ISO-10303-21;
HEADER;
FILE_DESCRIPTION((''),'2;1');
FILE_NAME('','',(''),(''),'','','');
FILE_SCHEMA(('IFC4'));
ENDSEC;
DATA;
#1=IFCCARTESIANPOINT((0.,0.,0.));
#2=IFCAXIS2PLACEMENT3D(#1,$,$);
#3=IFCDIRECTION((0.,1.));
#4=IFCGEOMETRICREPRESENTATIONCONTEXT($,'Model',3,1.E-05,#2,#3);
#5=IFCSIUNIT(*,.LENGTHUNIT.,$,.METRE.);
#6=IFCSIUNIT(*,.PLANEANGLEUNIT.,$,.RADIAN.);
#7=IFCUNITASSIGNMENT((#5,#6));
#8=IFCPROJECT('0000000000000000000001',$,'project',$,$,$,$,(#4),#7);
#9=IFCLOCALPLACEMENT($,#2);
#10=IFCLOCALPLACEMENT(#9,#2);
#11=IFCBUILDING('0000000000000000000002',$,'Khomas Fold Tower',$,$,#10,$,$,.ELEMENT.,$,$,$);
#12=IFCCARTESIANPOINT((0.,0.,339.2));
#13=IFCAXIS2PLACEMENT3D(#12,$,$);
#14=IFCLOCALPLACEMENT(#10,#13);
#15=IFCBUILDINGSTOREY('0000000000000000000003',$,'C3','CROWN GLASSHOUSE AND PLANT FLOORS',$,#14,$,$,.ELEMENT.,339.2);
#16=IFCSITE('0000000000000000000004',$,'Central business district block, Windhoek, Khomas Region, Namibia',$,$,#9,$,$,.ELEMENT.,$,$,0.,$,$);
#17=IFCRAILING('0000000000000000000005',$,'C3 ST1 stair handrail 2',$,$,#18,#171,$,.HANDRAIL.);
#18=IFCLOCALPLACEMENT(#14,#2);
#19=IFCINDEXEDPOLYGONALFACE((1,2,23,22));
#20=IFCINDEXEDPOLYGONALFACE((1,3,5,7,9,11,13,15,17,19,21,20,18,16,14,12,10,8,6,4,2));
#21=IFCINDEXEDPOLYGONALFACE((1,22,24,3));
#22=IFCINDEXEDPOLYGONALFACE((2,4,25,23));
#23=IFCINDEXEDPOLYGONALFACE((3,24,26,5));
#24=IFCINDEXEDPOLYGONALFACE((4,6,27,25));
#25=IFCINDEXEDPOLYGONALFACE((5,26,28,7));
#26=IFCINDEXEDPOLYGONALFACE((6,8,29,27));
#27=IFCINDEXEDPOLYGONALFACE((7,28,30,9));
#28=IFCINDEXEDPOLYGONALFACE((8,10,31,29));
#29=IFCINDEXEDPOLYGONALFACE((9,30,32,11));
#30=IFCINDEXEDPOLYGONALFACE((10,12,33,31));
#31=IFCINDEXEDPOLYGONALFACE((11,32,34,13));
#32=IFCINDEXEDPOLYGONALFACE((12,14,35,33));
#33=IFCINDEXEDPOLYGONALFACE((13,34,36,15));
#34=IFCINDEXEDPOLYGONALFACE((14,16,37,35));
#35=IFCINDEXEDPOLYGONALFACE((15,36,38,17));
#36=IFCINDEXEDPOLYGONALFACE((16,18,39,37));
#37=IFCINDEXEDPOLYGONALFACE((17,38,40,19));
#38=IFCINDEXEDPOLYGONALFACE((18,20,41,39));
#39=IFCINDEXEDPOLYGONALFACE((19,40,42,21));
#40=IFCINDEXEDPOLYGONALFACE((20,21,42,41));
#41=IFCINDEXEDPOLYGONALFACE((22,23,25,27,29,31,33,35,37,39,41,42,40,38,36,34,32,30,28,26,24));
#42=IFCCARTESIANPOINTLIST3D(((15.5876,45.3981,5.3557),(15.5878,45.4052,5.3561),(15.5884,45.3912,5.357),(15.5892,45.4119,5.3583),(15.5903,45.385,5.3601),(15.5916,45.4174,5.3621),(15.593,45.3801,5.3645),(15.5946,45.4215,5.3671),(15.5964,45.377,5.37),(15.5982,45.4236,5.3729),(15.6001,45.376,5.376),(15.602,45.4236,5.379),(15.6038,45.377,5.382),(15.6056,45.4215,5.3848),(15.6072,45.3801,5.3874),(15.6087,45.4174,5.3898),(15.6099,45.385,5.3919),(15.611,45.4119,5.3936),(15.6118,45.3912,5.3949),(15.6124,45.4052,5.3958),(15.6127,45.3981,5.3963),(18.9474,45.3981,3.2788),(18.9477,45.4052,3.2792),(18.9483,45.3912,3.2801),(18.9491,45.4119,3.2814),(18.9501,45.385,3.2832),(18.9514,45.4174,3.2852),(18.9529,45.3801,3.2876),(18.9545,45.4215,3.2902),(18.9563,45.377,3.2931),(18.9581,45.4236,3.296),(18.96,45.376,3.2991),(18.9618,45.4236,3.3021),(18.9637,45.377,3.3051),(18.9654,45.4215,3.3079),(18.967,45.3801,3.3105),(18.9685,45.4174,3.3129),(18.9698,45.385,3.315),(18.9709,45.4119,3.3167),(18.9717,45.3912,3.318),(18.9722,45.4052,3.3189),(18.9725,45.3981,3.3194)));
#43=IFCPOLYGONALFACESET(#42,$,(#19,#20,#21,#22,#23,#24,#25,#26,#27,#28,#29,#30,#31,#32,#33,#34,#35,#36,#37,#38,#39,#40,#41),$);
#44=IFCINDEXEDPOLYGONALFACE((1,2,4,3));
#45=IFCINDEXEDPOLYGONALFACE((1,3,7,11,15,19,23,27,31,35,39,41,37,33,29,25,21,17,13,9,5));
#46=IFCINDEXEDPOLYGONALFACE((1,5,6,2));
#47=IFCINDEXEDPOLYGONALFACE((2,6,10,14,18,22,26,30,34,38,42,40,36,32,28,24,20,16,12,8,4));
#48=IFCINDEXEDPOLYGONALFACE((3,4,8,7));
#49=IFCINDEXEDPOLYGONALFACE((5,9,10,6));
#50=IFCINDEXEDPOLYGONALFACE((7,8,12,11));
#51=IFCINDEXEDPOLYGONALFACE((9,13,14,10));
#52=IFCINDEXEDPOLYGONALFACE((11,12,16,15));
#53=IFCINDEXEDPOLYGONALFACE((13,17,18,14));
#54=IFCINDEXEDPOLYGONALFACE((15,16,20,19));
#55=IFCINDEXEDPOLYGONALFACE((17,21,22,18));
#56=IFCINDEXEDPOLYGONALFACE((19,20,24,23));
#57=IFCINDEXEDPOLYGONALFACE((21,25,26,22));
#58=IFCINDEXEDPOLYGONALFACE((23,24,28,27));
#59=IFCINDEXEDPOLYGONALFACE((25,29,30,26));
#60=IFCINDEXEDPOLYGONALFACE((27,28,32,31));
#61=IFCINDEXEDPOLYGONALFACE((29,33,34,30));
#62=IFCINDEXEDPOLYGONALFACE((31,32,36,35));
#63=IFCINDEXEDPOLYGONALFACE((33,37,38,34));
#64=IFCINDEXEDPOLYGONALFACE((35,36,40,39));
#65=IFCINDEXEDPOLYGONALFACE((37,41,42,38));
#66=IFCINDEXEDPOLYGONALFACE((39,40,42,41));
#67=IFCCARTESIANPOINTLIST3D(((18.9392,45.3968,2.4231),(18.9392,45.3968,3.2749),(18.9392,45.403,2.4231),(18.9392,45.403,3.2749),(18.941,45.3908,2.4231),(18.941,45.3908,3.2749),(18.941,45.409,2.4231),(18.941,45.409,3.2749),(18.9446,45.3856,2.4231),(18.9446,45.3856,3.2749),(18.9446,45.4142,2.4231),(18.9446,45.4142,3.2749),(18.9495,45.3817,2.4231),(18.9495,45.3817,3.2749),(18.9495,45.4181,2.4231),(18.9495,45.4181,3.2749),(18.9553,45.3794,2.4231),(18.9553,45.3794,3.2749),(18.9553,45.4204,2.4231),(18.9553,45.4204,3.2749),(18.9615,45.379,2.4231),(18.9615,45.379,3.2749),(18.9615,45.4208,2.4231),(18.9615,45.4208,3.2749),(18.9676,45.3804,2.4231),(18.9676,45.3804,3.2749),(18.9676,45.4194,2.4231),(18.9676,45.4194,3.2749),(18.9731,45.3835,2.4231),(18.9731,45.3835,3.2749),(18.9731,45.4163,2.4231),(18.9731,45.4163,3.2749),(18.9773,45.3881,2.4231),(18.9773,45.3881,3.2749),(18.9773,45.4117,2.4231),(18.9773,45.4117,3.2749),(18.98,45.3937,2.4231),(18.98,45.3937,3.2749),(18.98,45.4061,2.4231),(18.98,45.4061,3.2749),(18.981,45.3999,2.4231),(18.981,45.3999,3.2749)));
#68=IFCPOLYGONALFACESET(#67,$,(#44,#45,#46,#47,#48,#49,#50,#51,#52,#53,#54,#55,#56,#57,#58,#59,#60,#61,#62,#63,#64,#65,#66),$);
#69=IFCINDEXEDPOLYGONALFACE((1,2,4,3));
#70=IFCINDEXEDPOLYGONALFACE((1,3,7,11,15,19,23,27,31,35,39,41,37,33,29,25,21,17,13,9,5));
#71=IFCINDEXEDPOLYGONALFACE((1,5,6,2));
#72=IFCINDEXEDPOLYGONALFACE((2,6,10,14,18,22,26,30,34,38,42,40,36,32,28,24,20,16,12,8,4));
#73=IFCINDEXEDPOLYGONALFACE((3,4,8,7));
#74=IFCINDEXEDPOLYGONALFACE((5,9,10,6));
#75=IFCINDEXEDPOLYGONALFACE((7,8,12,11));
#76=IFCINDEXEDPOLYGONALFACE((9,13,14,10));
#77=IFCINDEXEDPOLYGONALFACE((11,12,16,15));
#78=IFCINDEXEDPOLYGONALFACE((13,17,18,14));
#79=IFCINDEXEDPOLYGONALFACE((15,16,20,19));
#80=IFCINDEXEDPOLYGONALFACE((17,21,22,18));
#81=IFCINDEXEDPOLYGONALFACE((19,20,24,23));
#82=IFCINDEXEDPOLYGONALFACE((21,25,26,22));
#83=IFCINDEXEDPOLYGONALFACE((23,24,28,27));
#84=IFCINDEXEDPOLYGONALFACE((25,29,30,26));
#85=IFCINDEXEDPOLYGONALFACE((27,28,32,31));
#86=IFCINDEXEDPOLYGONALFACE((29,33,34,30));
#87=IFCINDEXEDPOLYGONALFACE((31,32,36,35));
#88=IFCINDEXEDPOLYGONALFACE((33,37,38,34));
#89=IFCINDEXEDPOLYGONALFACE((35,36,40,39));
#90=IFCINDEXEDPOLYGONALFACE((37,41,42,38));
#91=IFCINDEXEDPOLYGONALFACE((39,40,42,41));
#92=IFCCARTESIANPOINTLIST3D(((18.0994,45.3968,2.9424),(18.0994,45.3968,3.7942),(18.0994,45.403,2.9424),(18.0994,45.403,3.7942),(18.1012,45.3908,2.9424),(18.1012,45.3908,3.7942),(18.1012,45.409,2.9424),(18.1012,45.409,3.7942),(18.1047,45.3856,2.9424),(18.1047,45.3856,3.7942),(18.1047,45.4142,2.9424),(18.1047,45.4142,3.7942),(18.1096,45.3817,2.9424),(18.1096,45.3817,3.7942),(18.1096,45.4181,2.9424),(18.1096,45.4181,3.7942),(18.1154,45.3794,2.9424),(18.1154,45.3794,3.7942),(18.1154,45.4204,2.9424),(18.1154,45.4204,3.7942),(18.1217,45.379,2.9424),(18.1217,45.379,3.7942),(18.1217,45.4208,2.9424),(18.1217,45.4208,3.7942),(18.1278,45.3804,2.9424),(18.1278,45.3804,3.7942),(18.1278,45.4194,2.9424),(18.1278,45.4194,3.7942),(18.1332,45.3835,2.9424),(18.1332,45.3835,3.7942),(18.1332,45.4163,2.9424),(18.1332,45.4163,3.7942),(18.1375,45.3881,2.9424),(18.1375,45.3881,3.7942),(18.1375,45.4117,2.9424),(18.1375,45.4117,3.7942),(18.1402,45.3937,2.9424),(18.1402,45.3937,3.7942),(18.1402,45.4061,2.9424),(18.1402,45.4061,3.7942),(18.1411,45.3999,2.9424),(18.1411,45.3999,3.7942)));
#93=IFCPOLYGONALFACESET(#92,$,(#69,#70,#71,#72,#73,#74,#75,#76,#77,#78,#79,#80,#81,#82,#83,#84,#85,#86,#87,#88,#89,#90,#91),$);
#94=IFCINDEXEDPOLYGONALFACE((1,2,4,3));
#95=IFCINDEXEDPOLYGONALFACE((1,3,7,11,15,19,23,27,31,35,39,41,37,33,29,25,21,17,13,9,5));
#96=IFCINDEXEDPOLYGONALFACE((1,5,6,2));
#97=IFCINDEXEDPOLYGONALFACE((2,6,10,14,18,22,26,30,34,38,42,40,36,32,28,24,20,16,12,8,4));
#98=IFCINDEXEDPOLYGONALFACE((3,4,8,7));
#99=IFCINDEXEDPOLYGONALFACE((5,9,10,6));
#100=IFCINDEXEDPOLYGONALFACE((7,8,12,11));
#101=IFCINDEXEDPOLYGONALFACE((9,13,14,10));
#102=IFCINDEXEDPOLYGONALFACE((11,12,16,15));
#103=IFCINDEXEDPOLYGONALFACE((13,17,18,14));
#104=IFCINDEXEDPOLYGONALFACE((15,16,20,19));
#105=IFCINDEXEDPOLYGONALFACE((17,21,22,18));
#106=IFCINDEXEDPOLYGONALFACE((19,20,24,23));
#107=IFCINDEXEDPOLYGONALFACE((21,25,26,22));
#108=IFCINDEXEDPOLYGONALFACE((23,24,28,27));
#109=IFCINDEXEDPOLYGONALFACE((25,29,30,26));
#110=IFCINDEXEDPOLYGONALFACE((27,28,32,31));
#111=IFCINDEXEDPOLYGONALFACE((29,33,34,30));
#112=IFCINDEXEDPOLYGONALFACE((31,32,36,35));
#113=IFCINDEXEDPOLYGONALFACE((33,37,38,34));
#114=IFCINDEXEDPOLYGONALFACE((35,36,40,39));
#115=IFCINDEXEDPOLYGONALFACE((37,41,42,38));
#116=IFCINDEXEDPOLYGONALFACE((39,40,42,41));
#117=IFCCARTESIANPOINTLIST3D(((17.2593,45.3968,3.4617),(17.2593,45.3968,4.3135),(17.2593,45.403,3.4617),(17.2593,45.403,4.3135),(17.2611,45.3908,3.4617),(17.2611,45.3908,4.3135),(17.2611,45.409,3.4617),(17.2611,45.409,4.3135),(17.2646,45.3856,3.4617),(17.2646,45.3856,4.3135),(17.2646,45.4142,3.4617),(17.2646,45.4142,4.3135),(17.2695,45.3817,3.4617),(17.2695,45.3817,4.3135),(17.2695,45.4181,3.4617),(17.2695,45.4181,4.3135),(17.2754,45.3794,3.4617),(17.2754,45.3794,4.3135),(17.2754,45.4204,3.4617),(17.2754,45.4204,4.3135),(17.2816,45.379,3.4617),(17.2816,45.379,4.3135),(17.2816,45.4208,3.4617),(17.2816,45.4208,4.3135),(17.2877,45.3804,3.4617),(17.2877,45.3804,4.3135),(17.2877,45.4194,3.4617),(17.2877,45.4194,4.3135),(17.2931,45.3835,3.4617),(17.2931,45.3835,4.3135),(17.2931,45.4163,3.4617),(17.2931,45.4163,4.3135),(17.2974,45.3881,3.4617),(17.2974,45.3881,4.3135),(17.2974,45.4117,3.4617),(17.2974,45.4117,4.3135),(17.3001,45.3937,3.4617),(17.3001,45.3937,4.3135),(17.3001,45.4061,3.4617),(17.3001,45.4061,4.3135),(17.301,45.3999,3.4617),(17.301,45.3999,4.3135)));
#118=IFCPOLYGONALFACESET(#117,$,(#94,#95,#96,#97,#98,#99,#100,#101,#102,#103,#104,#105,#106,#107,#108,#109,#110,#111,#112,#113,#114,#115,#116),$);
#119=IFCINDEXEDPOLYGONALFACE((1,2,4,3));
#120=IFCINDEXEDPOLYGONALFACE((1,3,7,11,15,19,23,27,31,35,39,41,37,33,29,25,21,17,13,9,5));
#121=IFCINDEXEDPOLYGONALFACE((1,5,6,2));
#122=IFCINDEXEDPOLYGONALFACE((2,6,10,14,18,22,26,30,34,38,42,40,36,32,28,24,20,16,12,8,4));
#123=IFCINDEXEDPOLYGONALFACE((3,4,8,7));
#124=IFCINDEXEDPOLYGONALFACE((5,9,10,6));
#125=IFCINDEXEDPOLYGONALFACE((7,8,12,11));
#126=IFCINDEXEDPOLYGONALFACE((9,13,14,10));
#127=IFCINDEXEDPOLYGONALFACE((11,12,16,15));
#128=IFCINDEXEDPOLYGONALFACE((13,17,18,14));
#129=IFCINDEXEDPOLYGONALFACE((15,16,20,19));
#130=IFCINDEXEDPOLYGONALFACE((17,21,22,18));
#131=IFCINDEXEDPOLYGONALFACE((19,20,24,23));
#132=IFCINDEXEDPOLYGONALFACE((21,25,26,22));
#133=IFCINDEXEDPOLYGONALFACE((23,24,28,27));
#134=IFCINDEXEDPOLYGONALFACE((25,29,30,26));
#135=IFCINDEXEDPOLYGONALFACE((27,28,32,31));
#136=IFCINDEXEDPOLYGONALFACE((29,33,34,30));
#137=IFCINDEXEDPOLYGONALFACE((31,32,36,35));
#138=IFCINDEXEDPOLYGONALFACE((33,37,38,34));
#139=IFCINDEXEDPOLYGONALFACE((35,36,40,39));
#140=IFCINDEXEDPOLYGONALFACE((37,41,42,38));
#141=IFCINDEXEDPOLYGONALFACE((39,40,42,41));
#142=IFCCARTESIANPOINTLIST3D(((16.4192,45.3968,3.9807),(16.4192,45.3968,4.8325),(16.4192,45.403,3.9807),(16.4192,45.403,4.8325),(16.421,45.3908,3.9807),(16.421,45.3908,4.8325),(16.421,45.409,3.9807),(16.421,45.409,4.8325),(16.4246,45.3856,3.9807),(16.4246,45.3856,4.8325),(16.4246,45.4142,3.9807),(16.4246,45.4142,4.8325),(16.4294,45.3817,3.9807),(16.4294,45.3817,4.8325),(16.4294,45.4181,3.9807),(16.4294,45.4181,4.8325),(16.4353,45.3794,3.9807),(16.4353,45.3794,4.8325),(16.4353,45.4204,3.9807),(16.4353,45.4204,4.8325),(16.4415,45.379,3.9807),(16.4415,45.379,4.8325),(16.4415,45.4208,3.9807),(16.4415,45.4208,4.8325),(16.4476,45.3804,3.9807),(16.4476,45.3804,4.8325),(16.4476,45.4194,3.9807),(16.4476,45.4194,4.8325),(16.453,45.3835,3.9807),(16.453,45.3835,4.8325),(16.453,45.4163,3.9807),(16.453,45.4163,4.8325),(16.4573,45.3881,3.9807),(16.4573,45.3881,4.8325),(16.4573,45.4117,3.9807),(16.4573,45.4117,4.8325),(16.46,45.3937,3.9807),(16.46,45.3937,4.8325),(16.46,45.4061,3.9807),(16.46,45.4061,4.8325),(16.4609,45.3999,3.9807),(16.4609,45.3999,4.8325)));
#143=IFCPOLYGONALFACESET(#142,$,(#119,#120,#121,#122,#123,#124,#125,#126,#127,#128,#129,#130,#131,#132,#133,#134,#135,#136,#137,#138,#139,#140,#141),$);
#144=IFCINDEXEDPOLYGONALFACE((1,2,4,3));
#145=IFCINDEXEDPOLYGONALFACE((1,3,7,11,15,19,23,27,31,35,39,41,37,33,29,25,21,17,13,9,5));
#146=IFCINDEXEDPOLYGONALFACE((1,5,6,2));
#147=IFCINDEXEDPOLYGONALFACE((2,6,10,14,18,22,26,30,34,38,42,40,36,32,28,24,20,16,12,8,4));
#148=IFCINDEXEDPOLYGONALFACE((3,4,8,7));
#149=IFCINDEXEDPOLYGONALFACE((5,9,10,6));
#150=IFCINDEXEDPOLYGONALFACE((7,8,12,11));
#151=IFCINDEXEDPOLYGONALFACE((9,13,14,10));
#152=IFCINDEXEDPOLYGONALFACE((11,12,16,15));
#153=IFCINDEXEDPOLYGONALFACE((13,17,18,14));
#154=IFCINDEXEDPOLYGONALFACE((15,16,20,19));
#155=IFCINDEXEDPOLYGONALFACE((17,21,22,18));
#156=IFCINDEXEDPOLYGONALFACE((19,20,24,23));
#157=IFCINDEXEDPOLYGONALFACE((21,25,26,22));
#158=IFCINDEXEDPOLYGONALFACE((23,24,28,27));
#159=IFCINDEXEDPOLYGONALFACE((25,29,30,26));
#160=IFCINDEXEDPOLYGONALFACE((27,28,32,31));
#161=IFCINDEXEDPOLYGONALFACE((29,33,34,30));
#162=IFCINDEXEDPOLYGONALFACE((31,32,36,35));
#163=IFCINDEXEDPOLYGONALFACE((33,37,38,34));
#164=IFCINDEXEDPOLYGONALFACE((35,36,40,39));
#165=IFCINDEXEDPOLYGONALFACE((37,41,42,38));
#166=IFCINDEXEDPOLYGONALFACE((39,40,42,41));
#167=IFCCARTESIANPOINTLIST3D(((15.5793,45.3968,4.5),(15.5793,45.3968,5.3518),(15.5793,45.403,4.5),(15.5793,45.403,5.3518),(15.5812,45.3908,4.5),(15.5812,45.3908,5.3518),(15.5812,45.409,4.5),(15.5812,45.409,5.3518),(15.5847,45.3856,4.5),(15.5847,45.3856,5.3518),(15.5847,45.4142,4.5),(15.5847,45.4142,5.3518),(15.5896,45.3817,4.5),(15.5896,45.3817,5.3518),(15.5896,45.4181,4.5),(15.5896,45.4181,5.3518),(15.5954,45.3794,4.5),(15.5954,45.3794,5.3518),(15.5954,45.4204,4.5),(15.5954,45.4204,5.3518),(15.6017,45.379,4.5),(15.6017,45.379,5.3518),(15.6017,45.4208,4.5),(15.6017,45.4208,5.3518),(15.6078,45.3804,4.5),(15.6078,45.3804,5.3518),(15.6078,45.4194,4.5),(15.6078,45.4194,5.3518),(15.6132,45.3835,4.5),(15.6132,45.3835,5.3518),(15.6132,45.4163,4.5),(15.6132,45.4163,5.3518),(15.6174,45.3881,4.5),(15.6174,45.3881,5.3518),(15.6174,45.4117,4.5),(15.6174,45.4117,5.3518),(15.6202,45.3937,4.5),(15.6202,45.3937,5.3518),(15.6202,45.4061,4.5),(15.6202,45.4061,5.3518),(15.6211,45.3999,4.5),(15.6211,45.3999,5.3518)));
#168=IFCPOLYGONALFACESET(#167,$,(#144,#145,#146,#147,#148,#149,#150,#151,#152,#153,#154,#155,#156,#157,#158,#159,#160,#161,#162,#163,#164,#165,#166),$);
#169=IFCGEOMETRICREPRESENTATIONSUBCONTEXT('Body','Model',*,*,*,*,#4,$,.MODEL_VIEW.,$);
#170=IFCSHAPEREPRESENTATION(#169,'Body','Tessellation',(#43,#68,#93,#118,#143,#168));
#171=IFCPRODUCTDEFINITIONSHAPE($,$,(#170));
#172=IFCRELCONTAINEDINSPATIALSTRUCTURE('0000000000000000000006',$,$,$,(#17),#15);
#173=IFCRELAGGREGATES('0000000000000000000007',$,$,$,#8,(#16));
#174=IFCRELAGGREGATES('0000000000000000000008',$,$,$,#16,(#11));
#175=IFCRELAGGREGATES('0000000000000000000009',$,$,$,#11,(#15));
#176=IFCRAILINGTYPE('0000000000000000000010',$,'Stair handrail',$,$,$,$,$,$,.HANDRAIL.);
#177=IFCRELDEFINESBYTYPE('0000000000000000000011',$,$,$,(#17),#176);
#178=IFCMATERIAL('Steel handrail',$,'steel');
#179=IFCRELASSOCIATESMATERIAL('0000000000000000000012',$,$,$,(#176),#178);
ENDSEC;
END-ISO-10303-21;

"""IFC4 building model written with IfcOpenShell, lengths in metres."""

from ifc_helpers import new_model, si_unit, direction, frame, origin, origin_2d, place, context, subcontext, project, spatial, circle, extrude, source, transform, mapped, material, type_object, element, save


model = new_model("IFC4")

# Units and contexts
model_context = context("Model", 3, precision=1e-05, world=origin(), true_north=direction((0.0, 1.0)))
body_context = subcontext(model_context, "Body", "Model", "MODEL_VIEW")
ifc_project = project(units=[si_unit("LENGTHUNIT", "METRE"), si_unit("PLANEANGLEUNIT", "RADIAN")], contexts=[model_context])

# Site, building, storey
site_placement = place(None, origin())
site = spatial("IfcSite", under=ifc_project, at=site_placement, Name="Central business district block, Windhoek, Khomas Region, Namibia", CompositionType="ELEMENT", RefElevation=0.0)
building_placement = place(site_placement, origin())
building = spatial("IfcBuilding", under=site, at=building_placement, Name="Khomas Fold Tower", CompositionType="ELEMENT")
storey_placement = place(building_placement, frame((0.0, 0.0, 339.2)))
storey = spatial("IfcBuildingStorey", under=building, at=storey_placement, Name="C3", Description="CROWN GLASSHOUSE AND PLANT FLOORS", CompositionType="ELEMENT", Elevation=339.2)

# Railing
ifc_material_1 = material(Name="Steel handrail", Category="steel")
railing_type_1 = type_object("IfcRailingType", Name="Stair handrail", PredefinedType="HANDRAIL", material=ifc_material_1)
shared_shape_1 = source(origin(), body_context, "Body", "SweptSolid", [
    extrude(circle(Radius=0.0239, at=origin_2d()), frame((0.0, 0.0, 0.876), z_axis=(-0.850606, 0.0, 0.525803), x_axis=(0.0, -1.0, 0.0)), (0.0, 0.0, 1.0), 3.95),
    extrude(circle(Radius=0.021, at=origin_2d()), origin(), (0.0, 0.0, 1.0), 0.8518),
    extrude(circle(Radius=0.021, at=origin_2d()), frame((-0.8398, 0.0, 0.5193)), (0.0, 0.0, 1.0), 0.8518),
    extrude(circle(Radius=0.021, at=origin_2d()), frame((-1.6799, 0.0, 1.0386)), (0.0, 0.0, 1.0), 0.8518),
    extrude(circle(Radius=0.021, at=origin_2d()), frame((-2.52, 0.0, 1.5576)), (0.0, 0.0, 1.0), 0.8518),
    extrude(circle(Radius=0.021, at=origin_2d()), frame((-3.3599, 0.0, 2.0769)), (0.0, 0.0, 1.0), 0.8518),
])
railing_1_placement = place(storey_placement, frame((18.96, 45.3999, 2.4231)))
element("IfcRailing", 1, at=railing_1_placement, inside=storey, type_object=railing_type_1, Name="C3 ST1 stair handrail 2", PredefinedType="HANDRAIL", context=body_context, shape_type="MappedRepresentation", body=[
    mapped(shared_shape_1, transform((0.0, 0.0, 0.0))),
])

save(model, "model.ifc")
